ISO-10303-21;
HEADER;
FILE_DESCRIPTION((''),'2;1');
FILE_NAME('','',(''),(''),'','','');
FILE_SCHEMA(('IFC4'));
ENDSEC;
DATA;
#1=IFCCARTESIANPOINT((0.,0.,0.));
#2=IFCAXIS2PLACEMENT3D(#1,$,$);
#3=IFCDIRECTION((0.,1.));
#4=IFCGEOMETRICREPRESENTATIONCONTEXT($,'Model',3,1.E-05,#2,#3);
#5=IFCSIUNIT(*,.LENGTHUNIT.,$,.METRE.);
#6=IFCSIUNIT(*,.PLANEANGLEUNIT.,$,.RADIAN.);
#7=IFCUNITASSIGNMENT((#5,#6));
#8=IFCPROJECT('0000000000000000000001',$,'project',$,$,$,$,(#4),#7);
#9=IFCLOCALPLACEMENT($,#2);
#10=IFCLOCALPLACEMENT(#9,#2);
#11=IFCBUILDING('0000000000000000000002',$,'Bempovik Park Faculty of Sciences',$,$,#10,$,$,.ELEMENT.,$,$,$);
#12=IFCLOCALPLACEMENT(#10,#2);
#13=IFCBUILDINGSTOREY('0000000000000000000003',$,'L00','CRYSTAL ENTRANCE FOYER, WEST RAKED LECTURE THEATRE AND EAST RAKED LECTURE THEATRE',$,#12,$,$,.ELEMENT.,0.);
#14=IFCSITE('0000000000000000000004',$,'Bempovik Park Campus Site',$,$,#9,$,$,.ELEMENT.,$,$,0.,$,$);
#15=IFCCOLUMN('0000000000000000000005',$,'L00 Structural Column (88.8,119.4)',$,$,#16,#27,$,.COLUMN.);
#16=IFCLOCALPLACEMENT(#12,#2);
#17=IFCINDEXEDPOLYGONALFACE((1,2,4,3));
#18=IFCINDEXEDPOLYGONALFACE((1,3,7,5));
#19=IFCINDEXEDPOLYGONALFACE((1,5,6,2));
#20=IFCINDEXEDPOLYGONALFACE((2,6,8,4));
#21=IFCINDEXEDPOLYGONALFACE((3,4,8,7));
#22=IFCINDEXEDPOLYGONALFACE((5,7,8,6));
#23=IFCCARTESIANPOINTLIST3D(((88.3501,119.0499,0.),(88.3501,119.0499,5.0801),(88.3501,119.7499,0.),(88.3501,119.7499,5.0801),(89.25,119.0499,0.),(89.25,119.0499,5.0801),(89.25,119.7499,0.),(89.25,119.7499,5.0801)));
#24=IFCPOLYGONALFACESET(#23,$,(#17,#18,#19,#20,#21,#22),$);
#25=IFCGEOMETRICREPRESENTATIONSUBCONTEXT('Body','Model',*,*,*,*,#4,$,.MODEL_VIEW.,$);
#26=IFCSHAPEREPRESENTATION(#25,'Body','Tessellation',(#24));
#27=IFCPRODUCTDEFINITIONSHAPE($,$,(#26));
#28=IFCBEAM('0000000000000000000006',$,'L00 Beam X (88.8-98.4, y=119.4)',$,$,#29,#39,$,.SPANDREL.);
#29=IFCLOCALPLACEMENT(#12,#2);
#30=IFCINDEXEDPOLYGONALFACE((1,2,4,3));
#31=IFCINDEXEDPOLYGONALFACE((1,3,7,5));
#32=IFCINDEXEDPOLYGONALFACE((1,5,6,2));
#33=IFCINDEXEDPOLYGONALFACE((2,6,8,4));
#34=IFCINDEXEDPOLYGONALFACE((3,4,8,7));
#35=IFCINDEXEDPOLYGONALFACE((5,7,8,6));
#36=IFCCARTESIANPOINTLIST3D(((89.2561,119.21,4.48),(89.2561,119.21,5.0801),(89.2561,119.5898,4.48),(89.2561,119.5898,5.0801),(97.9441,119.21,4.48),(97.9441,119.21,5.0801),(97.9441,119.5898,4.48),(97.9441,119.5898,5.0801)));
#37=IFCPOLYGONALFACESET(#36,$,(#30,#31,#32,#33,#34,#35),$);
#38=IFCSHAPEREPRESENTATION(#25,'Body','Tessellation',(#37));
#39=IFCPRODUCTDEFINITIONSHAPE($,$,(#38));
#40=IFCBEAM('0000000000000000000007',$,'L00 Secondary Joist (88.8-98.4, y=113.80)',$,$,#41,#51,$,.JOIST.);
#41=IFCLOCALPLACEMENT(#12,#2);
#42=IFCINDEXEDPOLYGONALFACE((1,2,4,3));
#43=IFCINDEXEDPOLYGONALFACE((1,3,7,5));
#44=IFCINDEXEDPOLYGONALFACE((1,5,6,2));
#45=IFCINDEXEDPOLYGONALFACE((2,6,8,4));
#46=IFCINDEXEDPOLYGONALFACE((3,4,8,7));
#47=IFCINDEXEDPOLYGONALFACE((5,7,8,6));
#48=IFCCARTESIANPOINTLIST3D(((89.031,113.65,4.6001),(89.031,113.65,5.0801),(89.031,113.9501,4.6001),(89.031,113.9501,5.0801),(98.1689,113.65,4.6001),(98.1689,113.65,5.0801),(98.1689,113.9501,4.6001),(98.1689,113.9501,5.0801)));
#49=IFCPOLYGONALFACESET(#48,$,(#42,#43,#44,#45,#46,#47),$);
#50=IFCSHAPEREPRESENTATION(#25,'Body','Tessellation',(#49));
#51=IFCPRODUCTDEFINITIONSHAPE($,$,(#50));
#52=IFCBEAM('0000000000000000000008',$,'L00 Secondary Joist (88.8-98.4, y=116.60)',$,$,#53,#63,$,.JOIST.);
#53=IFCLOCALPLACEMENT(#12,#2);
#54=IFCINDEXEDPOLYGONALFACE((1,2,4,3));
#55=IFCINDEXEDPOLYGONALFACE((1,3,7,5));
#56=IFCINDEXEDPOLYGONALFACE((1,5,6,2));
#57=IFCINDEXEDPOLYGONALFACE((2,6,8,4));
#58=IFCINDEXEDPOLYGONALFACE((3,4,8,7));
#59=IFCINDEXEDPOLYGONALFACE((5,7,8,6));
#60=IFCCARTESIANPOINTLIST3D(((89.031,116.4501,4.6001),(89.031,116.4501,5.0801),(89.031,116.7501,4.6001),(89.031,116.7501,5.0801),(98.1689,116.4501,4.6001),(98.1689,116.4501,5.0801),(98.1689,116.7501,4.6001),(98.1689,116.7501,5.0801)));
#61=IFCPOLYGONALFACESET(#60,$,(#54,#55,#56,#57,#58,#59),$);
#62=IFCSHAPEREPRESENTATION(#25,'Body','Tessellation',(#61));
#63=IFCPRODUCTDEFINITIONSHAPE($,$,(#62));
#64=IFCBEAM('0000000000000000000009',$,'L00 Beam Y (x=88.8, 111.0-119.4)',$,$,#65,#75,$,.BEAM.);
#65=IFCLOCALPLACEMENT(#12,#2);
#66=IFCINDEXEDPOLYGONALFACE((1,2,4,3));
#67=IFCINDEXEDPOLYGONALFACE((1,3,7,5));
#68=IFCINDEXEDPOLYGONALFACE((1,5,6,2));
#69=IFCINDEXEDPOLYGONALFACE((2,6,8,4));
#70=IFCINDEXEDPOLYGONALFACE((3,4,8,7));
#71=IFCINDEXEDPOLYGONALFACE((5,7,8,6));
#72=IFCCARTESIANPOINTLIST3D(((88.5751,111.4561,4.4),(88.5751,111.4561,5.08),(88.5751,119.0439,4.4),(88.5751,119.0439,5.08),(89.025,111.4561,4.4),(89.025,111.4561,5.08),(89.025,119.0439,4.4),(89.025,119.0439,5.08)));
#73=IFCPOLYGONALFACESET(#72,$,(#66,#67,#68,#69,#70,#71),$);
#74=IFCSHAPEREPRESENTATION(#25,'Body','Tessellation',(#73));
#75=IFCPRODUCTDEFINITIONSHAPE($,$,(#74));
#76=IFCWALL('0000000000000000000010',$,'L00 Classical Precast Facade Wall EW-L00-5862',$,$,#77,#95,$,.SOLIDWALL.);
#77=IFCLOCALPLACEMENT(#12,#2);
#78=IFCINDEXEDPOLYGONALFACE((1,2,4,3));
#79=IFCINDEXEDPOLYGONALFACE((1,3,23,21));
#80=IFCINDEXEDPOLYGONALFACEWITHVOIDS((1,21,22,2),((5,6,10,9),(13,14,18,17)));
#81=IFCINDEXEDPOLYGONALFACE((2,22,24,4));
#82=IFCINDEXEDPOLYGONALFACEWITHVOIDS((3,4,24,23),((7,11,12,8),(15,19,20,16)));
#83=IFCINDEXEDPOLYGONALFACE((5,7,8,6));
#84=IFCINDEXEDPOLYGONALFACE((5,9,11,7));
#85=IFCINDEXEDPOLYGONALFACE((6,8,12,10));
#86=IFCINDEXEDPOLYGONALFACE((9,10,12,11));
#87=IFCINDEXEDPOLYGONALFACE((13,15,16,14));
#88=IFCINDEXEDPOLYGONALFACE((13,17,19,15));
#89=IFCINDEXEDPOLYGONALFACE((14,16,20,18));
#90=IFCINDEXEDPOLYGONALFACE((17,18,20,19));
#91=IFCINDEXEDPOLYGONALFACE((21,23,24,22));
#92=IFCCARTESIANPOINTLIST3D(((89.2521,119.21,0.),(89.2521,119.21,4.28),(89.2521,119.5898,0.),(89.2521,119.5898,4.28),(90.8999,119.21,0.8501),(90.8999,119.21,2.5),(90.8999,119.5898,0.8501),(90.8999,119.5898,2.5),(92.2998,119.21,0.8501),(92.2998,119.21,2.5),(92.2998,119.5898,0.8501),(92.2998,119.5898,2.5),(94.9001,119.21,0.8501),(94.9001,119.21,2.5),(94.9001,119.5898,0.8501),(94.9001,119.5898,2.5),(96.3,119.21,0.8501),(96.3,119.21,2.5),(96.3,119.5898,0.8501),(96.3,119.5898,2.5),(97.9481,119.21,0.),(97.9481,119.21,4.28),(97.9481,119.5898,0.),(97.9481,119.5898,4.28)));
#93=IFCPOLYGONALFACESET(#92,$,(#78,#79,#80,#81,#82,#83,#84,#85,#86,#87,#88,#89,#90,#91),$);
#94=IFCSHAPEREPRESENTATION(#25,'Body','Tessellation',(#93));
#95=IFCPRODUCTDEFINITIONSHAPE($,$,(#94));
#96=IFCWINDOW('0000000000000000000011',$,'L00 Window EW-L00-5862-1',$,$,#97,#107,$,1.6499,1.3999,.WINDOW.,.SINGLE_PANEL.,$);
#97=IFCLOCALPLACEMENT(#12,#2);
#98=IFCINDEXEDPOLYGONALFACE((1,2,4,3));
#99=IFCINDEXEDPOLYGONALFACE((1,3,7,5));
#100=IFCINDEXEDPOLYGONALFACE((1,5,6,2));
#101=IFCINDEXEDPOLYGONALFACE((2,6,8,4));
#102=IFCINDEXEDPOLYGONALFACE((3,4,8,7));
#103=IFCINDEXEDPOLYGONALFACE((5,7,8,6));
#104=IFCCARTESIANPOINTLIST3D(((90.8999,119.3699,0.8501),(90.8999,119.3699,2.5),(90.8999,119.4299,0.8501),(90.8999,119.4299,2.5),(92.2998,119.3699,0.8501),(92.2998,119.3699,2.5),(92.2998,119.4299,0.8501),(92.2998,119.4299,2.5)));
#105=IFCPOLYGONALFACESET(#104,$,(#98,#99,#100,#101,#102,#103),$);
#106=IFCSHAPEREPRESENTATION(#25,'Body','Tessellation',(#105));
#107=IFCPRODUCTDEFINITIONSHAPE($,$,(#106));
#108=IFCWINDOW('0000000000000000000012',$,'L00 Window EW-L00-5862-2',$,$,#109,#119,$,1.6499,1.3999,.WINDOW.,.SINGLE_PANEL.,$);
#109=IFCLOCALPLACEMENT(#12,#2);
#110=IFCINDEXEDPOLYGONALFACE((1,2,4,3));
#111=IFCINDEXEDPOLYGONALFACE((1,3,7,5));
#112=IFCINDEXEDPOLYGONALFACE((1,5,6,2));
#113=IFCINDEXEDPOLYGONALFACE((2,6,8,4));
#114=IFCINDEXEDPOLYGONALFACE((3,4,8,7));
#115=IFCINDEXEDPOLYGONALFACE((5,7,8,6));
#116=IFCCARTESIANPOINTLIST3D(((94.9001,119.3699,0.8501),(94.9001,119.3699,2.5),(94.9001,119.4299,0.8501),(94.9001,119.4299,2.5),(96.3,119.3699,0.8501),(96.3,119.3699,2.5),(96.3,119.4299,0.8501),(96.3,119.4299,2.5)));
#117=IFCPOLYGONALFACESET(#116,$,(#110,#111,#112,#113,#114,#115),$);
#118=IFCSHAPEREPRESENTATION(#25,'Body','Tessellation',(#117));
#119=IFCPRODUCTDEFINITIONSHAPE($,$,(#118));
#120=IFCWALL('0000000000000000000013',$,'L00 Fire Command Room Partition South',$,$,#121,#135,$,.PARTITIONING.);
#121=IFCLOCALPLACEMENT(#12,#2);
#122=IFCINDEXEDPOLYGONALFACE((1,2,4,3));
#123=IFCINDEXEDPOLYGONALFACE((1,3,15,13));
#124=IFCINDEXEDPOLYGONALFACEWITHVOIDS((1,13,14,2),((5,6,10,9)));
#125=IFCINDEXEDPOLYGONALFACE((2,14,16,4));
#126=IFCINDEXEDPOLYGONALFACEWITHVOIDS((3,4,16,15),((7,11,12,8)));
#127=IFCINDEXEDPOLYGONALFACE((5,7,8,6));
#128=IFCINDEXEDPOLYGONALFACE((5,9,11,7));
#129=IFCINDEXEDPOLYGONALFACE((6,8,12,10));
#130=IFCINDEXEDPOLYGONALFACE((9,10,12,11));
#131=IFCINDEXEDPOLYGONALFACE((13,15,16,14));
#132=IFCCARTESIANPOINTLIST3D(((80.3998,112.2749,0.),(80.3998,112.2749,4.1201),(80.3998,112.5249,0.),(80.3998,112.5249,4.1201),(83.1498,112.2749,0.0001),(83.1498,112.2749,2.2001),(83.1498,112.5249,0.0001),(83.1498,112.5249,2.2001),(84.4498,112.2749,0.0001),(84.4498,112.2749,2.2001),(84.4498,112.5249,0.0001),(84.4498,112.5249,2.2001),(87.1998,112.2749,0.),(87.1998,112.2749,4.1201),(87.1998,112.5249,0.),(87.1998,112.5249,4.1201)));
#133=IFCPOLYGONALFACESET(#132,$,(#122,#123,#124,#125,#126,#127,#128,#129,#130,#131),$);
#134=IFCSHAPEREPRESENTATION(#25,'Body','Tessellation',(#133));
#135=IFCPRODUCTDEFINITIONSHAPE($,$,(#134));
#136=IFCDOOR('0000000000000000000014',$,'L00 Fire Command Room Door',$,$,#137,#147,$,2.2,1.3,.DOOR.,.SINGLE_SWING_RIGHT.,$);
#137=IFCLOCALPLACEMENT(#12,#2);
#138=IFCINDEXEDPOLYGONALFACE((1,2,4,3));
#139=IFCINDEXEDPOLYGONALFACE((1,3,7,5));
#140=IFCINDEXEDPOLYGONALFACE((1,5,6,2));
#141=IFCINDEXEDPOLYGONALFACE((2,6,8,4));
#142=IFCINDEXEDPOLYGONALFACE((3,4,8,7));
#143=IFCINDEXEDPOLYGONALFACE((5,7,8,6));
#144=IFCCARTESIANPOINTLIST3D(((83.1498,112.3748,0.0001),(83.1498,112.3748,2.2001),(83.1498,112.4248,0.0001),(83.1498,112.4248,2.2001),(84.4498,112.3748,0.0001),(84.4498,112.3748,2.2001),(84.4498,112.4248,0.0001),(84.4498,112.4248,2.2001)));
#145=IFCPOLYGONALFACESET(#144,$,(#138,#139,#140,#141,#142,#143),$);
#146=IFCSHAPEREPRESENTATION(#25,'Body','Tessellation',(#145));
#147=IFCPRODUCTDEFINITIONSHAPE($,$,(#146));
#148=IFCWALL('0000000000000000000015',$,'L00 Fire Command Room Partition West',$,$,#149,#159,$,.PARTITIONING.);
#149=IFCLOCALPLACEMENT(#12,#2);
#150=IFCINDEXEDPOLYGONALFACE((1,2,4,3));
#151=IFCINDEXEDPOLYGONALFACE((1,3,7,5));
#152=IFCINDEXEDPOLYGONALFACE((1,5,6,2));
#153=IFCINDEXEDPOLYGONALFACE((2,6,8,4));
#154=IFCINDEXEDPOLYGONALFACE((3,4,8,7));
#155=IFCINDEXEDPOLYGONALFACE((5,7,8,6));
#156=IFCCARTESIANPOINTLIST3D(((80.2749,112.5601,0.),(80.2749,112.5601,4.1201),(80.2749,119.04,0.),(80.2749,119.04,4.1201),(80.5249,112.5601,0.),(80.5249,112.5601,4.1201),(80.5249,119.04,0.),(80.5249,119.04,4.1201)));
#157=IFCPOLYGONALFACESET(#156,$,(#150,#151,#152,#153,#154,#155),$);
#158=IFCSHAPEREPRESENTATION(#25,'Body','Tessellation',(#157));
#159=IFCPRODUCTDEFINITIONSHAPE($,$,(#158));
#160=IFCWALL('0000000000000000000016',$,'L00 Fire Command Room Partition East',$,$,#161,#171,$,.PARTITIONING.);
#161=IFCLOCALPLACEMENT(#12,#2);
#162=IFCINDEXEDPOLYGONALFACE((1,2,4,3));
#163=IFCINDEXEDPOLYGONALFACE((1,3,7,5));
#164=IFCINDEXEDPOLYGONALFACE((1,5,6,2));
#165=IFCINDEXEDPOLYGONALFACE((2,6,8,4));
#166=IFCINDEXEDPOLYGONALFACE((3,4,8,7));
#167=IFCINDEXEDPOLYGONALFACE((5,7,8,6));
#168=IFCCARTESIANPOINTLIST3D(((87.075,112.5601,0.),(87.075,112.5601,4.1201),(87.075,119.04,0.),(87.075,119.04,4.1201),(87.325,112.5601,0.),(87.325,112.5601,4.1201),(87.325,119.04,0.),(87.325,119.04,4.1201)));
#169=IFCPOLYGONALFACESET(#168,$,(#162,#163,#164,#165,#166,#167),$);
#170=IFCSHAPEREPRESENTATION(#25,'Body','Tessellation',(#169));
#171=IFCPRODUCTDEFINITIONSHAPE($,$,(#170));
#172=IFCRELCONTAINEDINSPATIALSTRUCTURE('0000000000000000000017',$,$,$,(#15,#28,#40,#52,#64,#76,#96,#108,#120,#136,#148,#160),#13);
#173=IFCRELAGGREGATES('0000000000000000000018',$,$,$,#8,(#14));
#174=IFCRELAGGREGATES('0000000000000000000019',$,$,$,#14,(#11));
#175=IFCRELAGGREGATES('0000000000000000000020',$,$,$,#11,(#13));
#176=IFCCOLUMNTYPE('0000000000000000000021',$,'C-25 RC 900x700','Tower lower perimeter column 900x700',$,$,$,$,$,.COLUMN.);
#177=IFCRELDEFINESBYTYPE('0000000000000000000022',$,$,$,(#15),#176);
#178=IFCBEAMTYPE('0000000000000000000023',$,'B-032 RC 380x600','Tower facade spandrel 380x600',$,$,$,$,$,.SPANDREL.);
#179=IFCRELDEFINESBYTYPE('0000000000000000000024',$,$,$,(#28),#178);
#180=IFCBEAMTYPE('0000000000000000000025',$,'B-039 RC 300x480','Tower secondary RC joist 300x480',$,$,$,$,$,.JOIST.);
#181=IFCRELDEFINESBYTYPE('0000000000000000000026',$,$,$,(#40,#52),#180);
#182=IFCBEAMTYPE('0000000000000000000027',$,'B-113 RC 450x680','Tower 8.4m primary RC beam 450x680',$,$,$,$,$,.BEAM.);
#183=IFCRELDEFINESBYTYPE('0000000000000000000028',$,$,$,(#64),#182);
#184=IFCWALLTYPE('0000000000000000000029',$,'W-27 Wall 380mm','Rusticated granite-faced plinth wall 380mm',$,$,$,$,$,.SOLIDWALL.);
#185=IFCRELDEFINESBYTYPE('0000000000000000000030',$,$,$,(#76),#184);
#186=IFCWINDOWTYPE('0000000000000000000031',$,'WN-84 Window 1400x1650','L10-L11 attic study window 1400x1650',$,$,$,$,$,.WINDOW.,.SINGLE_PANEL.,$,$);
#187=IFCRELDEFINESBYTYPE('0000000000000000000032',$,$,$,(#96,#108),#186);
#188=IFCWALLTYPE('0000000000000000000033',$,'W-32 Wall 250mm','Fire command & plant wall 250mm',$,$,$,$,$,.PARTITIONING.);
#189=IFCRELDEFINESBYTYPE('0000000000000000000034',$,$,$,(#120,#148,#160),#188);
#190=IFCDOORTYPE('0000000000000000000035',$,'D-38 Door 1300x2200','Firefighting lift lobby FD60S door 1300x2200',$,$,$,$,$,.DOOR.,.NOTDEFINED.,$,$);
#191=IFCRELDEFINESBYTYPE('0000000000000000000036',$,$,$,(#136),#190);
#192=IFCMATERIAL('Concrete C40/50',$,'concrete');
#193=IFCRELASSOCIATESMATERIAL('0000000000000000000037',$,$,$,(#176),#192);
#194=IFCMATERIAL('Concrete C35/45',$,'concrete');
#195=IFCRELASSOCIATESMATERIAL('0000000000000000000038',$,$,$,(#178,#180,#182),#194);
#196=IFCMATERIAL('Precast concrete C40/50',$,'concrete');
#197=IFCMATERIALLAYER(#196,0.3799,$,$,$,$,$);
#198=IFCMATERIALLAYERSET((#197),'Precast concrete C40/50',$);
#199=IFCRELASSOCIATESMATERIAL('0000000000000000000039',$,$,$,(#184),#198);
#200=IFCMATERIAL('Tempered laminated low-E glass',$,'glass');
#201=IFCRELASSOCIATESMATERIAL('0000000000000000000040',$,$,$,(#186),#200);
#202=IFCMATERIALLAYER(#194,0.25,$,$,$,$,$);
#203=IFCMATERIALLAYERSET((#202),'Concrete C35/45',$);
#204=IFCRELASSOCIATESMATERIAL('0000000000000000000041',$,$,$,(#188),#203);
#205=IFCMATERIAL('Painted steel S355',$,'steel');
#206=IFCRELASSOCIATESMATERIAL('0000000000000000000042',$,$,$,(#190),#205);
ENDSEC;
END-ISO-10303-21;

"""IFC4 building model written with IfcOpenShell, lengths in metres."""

from ifc_helpers import new_model, si_unit, direction, frame, frame_2d, origin, origin_2d, place, context, subcontext, project, spatial, rectangle, extrude, material, layer, layer_set, material_profile, profile_set, type_object, element, fill, save


model = new_model("IFC4")

# Units and contexts
model_context = context("Model", 3, precision=1e-05, world=origin(), true_north=direction((0.0, 1.0)))
body_context = subcontext(model_context, "Body", "Model", "MODEL_VIEW")
ifc_project = project(units=[si_unit("LENGTHUNIT", "METRE"), si_unit("PLANEANGLEUNIT", "RADIAN")], contexts=[model_context])

# Site, building, storey
site_placement = place(None, origin())
site = spatial("IfcSite", under=ifc_project, at=site_placement, Name="Bempovik Park Campus Site", CompositionType="ELEMENT", RefElevation=0.0)
building_placement = place(site_placement, origin())
building = spatial("IfcBuilding", under=site, at=building_placement, Name="Bempovik Park Faculty of Sciences", CompositionType="ELEMENT")
storey_placement = place(building_placement, origin())
storey = spatial("IfcBuildingStorey", under=building, at=storey_placement, Name="L00", Description="CRYSTAL ENTRANCE FOYER, WEST RAKED LECTURE THEATRE AND EAST RAKED LECTURE THEATRE", CompositionType="ELEMENT", Elevation=0.0)

# Column
ifc_material_1 = material(Name="Concrete C40/50", Category="concrete")
ifc_material_profile_1 = material_profile(ifc_material_1, rectangle(XDim=0.8999, YDim=0.7, at=origin_2d()), Name="RC 900x700")
ifc_profile_set_1 = profile_set([ifc_material_profile_1], Name="Concrete C40/50")
column_type = type_object("IfcColumnType", Name="C-25 RC 900x700", Description="Tower lower perimeter column 900x700", PredefinedType="COLUMN", material=ifc_profile_set_1)
column_placement = place(storey_placement, frame((88.8, 119.3999, 0.0), z_axis=(0.0, 0.0, 1.0), x_axis=(1.0, 0.0, 0.0)))
element("IfcColumn", 1, at=column_placement, inside=storey, type_object=column_type, Name="L00 Structural Column (88.8,119.4)", PredefinedType="COLUMN", context=body_context, shape_type="SweptSolid", body=[
    extrude(rectangle(XDim=0.8999, YDim=0.7, at=origin_2d()), origin(), (0.0, 0.0, 1.0), 5.0801),
])

# Beams
ifc_material_2 = material(Name="Concrete C35/45", Category="concrete")
ifc_material_profile_2 = material_profile(ifc_material_2, rectangle(XDim=0.3799, YDim=0.6001, at=origin_2d()), Name="RC 380x600")
ifc_profile_set_2 = profile_set([ifc_material_profile_2], Name="Concrete C35/45")
beam_type_1 = type_object("IfcBeamType", Name="B-032 RC 380x600", Description="Tower facade spandrel 380x600", PredefinedType="SPANDREL", material=ifc_profile_set_2)
beam_1_placement = place(storey_placement, frame((89.2561, 119.3999, 4.78), z_axis=(1.0, 0.0, 0.0), x_axis=(0.0, 1.0, 0.0)))
element("IfcBeam", 2, at=beam_1_placement, inside=storey, type_object=beam_type_1, Name="L00 Beam X (88.8-98.4, y=119.4)", PredefinedType="SPANDREL", context=body_context, shape_type="SweptSolid", body=[
    extrude(rectangle(XDim=0.3799, YDim=0.6001, at=origin_2d()), origin(), (0.0, 0.0, 1.0), 8.688),
])
ifc_material_profile_3 = material_profile(ifc_material_2, rectangle(XDim=0.3, YDim=0.48, at=origin_2d()), Name="RC 300x480")
ifc_profile_set_3 = profile_set([ifc_material_profile_3], Name="Concrete C35/45")
beam_type_2 = type_object("IfcBeamType", Name="B-039 RC 300x480", Description="Tower secondary RC joist 300x480", PredefinedType="JOIST", material=ifc_profile_set_3)
for number, where, z_axis, x_axis, name in (
    (3, (89.031, 113.8, 4.8401), (1.0, 0.0, 0.0), (0.0, 1.0, 0.0), "L00 Secondary Joist (88.8-98.4, y=113.80)"),
    (4, (89.031, 116.6001, 4.8401), (1.0, 0.0, 0.0), (0.0, 1.0, 0.0), "L00 Secondary Joist (88.8-98.4, y=116.60)"),
):
    element("IfcBeam", number, at=place(storey_placement, frame(where, z_axis=z_axis, x_axis=x_axis)), inside=storey, type_object=beam_type_2, Name=name, PredefinedType="JOIST", context=body_context, shape_type="SweptSolid", body=[
        extrude(rectangle(XDim=0.3, YDim=0.48, at=origin_2d()), origin(), (0.0, 0.0, 1.0), 9.1379),
    ])
ifc_material_profile_4 = material_profile(ifc_material_2, rectangle(XDim=0.45, YDim=0.6799, at=origin_2d()), Name="RC 450x680")
ifc_profile_set_4 = profile_set([ifc_material_profile_4], Name="Concrete C35/45")
beam_type_3 = type_object("IfcBeamType", Name="B-113 RC 450x680", Description="Tower 8.4m primary RC beam 450x680", PredefinedType="BEAM", material=ifc_profile_set_4)
beam_2_placement = place(storey_placement, frame((88.8, 111.4561, 4.74), z_axis=(0.0, 1.0, 0.0), x_axis=(-1.0, 0.0, 0.0)))
element("IfcBeam", 5, at=beam_2_placement, inside=storey, type_object=beam_type_3, Name="L00 Beam Y (x=88.8, 111.0-119.4)", PredefinedType="BEAM", context=body_context, shape_type="SweptSolid", body=[
    extrude(rectangle(XDim=0.45, YDim=0.6799, at=origin_2d()), origin(), (0.0, 0.0, 1.0), 7.5879),
])

# Wall, openings, windows
ifc_material_3 = material(Name="Precast concrete C40/50", Category="concrete")
ifc_layer_1 = layer(ifc_material_3, 0.3799)
ifc_layer_set_1 = layer_set([ifc_layer_1], Name="Precast concrete C40/50")
wall_type_1 = type_object("IfcWallType", Name="W-27 Wall 380mm", Description="Rusticated granite-faced plinth wall 380mm", PredefinedType="SOLIDWALL", material=ifc_layer_set_1)
wall_1_placement = place(storey_placement, frame((89.252, 119.3999, 0.0), z_axis=(0.0, 0.0, 1.0), x_axis=(1.0, 0.0, 0.0)))
wall_1 = element("IfcWall", 6, at=wall_1_placement, inside=storey, type_object=wall_type_1, Name="L00 Classical Precast Facade Wall EW-L00-5862", PredefinedType="SOLIDWALL", context=body_context, shape_type="SweptSolid", body=[
    extrude(rectangle(XDim=8.696, YDim=0.3799, at=frame_2d((4.3481, 0.0))), origin(), (0.0, 0.0, 1.0), 4.28),
])
opening_1_placement = place(wall_1_placement, frame((1.6479, 0.0, 0.8501)))
opening_1 = element("IfcOpeningElement", 7, at=opening_1_placement, cuts=wall_1, PredefinedType="OPENING", context=body_context, shape_type="SweptSolid", body=[
    extrude(rectangle(XDim=1.3999, YDim=1.6499, at=frame_2d((0.7, 0.825))), frame((0.0, 0.2, 0.0), z_axis=(0.0, -1.0, 0.0), x_axis=(1.0, 0.0, 0.0)), (0.0, 0.0, 1.0), 0.3999),
])
opening_2_placement = place(wall_1_placement, frame((5.6482, 0.0, 0.8501)))
opening_2 = element("IfcOpeningElement", 8, at=opening_2_placement, cuts=wall_1, PredefinedType="OPENING", context=body_context, shape_type="SweptSolid", body=[
    extrude(rectangle(XDim=1.3999, YDim=1.6499, at=frame_2d((0.7, 0.825))), frame((0.0, 0.2, 0.0), z_axis=(0.0, -1.0, 0.0), x_axis=(1.0, 0.0, 0.0)), (0.0, 0.0, 1.0), 0.3999),
])
ifc_material_4 = material(Name="Tempered laminated low-E glass", Category="glass")
window_type = type_object("IfcWindowType", Name="WN-84 Window 1400x1650", Description="L10-L11 attic study window 1400x1650", PartitioningType="SINGLE_PANEL", PredefinedType="WINDOW", material=ifc_material_4)
window_1_placement = place(opening_1_placement, origin())
window_1 = element("IfcWindow", 9, at=window_1_placement, inside=storey, type_object=window_type, Name="L00 Window EW-L00-5862-1", OverallHeight=1.6499, OverallWidth=1.3999, PartitioningType="SINGLE_PANEL", PredefinedType="WINDOW", context=body_context, shape_type="SweptSolid", body=[
    extrude(rectangle(XDim=1.3999, YDim=1.6499, at=frame_2d((0.7, 0.825))), frame((0.0, 0.03, 0.0), z_axis=(0.0, -1.0, 0.0), x_axis=(1.0, 0.0, 0.0)), (0.0, 0.0, 1.0), 0.0601),
])
fill(opening_1, window_1)
window_2_placement = place(opening_2_placement, origin())
window_2 = element("IfcWindow", 10, at=window_2_placement, inside=storey, type_object=window_type, Name="L00 Window EW-L00-5862-2", OverallHeight=1.6499, OverallWidth=1.3999, PartitioningType="SINGLE_PANEL", PredefinedType="WINDOW", context=body_context, shape_type="SweptSolid", body=[
    extrude(rectangle(XDim=1.3999, YDim=1.6499, at=frame_2d((0.7, 0.825))), frame((0.0, 0.03, 0.0), z_axis=(0.0, -1.0, 0.0), x_axis=(1.0, 0.0, 0.0)), (0.0, 0.0, 1.0), 0.0601),
])
fill(opening_2, window_2)

# Wall, opening, door
ifc_layer_2 = layer(ifc_material_2, 0.25)
ifc_layer_set_2 = layer_set([ifc_layer_2], Name="Concrete C35/45")
wall_type_2 = type_object("IfcWallType", Name="W-32 Wall 250mm", Description="Fire command & plant wall 250mm", PredefinedType="PARTITIONING", material=ifc_layer_set_2)
wall_2_placement = place(storey_placement, frame((80.3999, 112.3999, 0.0), z_axis=(0.0, 0.0, 1.0), x_axis=(1.0, 0.0, 0.0)))
wall_2 = element("IfcWall", 11, at=wall_2_placement, inside=storey, type_object=wall_type_2, Name="L00 Fire Command Room Partition South", PredefinedType="PARTITIONING", context=body_context, shape_type="SweptSolid", body=[
    extrude(rectangle(XDim=6.8, YDim=0.25, at=frame_2d((3.3999, 0.0))), origin(), (0.0, 0.0, 1.0), 4.1201),
])
opening_3_placement = place(wall_2_placement, frame((2.75, 0.0, 0.0)))
opening_3 = element("IfcOpeningElement", 12, at=opening_3_placement, cuts=wall_2, PredefinedType="OPENING", context=body_context, shape_type="SweptSolid", body=[
    extrude(rectangle(XDim=1.3, YDim=2.2, at=frame_2d((0.6499, 1.1001))), frame((0.0, 0.135, 0.0), z_axis=(0.0, -1.0, 0.0), x_axis=(1.0, 0.0, 0.0)), (0.0, 0.0, 1.0), 0.27),
])
ifc_material_5 = material(Name="Painted steel S355", Category="steel")
door_type_1 = type_object("IfcDoorType", Name="D-38 Door 1300x2200", Description="Firefighting lift lobby FD60S door 1300x2200", OperationType="NOTDEFINED", PredefinedType="DOOR", material=ifc_material_5)
door_1_placement = place(opening_3_placement, origin())
door_1 = element("IfcDoor", 13, at=door_1_placement, inside=storey, type_object=door_type_1, Name="L00 Fire Command Room Door", OperationType="SINGLE_SWING_RIGHT", OverallHeight=2.2, OverallWidth=1.3, PredefinedType="DOOR", context=body_context, shape_type="SweptSolid", body=[
    extrude(rectangle(XDim=1.3, YDim=2.2, at=frame_2d((0.6499, 1.1001))), frame((0.0, 0.0249, 0.0), z_axis=(0.0, -1.0, 0.0), x_axis=(1.0, 0.0, 0.0)), (0.0, 0.0, 1.0), 0.05),
])
fill(opening_3, door_1)

# Walls
for number, where, z_axis, x_axis, name in (
    (14, (80.3999, 112.5601, 0.0), (0.0, 0.0, 1.0), (0.0, 1.0, 0.0), "L00 Fire Command Room Partition West"),
    (15, (87.2, 112.5601, 0.0), (0.0, 0.0, 1.0), (0.0, 1.0, 0.0), "L00 Fire Command Room Partition East"),
):
    element("IfcWall", number, at=place(storey_placement, frame(where, z_axis=z_axis, x_axis=x_axis)), inside=storey, type_object=wall_type_2, Name=name, PredefinedType="PARTITIONING", context=body_context, shape_type="SweptSolid", body=[
        extrude(rectangle(XDim=6.48, YDim=0.25, at=frame_2d((3.24, 0.0))), origin(), (0.0, 0.0, 1.0), 4.1201),
    ])

save(model, "model.ifc")
